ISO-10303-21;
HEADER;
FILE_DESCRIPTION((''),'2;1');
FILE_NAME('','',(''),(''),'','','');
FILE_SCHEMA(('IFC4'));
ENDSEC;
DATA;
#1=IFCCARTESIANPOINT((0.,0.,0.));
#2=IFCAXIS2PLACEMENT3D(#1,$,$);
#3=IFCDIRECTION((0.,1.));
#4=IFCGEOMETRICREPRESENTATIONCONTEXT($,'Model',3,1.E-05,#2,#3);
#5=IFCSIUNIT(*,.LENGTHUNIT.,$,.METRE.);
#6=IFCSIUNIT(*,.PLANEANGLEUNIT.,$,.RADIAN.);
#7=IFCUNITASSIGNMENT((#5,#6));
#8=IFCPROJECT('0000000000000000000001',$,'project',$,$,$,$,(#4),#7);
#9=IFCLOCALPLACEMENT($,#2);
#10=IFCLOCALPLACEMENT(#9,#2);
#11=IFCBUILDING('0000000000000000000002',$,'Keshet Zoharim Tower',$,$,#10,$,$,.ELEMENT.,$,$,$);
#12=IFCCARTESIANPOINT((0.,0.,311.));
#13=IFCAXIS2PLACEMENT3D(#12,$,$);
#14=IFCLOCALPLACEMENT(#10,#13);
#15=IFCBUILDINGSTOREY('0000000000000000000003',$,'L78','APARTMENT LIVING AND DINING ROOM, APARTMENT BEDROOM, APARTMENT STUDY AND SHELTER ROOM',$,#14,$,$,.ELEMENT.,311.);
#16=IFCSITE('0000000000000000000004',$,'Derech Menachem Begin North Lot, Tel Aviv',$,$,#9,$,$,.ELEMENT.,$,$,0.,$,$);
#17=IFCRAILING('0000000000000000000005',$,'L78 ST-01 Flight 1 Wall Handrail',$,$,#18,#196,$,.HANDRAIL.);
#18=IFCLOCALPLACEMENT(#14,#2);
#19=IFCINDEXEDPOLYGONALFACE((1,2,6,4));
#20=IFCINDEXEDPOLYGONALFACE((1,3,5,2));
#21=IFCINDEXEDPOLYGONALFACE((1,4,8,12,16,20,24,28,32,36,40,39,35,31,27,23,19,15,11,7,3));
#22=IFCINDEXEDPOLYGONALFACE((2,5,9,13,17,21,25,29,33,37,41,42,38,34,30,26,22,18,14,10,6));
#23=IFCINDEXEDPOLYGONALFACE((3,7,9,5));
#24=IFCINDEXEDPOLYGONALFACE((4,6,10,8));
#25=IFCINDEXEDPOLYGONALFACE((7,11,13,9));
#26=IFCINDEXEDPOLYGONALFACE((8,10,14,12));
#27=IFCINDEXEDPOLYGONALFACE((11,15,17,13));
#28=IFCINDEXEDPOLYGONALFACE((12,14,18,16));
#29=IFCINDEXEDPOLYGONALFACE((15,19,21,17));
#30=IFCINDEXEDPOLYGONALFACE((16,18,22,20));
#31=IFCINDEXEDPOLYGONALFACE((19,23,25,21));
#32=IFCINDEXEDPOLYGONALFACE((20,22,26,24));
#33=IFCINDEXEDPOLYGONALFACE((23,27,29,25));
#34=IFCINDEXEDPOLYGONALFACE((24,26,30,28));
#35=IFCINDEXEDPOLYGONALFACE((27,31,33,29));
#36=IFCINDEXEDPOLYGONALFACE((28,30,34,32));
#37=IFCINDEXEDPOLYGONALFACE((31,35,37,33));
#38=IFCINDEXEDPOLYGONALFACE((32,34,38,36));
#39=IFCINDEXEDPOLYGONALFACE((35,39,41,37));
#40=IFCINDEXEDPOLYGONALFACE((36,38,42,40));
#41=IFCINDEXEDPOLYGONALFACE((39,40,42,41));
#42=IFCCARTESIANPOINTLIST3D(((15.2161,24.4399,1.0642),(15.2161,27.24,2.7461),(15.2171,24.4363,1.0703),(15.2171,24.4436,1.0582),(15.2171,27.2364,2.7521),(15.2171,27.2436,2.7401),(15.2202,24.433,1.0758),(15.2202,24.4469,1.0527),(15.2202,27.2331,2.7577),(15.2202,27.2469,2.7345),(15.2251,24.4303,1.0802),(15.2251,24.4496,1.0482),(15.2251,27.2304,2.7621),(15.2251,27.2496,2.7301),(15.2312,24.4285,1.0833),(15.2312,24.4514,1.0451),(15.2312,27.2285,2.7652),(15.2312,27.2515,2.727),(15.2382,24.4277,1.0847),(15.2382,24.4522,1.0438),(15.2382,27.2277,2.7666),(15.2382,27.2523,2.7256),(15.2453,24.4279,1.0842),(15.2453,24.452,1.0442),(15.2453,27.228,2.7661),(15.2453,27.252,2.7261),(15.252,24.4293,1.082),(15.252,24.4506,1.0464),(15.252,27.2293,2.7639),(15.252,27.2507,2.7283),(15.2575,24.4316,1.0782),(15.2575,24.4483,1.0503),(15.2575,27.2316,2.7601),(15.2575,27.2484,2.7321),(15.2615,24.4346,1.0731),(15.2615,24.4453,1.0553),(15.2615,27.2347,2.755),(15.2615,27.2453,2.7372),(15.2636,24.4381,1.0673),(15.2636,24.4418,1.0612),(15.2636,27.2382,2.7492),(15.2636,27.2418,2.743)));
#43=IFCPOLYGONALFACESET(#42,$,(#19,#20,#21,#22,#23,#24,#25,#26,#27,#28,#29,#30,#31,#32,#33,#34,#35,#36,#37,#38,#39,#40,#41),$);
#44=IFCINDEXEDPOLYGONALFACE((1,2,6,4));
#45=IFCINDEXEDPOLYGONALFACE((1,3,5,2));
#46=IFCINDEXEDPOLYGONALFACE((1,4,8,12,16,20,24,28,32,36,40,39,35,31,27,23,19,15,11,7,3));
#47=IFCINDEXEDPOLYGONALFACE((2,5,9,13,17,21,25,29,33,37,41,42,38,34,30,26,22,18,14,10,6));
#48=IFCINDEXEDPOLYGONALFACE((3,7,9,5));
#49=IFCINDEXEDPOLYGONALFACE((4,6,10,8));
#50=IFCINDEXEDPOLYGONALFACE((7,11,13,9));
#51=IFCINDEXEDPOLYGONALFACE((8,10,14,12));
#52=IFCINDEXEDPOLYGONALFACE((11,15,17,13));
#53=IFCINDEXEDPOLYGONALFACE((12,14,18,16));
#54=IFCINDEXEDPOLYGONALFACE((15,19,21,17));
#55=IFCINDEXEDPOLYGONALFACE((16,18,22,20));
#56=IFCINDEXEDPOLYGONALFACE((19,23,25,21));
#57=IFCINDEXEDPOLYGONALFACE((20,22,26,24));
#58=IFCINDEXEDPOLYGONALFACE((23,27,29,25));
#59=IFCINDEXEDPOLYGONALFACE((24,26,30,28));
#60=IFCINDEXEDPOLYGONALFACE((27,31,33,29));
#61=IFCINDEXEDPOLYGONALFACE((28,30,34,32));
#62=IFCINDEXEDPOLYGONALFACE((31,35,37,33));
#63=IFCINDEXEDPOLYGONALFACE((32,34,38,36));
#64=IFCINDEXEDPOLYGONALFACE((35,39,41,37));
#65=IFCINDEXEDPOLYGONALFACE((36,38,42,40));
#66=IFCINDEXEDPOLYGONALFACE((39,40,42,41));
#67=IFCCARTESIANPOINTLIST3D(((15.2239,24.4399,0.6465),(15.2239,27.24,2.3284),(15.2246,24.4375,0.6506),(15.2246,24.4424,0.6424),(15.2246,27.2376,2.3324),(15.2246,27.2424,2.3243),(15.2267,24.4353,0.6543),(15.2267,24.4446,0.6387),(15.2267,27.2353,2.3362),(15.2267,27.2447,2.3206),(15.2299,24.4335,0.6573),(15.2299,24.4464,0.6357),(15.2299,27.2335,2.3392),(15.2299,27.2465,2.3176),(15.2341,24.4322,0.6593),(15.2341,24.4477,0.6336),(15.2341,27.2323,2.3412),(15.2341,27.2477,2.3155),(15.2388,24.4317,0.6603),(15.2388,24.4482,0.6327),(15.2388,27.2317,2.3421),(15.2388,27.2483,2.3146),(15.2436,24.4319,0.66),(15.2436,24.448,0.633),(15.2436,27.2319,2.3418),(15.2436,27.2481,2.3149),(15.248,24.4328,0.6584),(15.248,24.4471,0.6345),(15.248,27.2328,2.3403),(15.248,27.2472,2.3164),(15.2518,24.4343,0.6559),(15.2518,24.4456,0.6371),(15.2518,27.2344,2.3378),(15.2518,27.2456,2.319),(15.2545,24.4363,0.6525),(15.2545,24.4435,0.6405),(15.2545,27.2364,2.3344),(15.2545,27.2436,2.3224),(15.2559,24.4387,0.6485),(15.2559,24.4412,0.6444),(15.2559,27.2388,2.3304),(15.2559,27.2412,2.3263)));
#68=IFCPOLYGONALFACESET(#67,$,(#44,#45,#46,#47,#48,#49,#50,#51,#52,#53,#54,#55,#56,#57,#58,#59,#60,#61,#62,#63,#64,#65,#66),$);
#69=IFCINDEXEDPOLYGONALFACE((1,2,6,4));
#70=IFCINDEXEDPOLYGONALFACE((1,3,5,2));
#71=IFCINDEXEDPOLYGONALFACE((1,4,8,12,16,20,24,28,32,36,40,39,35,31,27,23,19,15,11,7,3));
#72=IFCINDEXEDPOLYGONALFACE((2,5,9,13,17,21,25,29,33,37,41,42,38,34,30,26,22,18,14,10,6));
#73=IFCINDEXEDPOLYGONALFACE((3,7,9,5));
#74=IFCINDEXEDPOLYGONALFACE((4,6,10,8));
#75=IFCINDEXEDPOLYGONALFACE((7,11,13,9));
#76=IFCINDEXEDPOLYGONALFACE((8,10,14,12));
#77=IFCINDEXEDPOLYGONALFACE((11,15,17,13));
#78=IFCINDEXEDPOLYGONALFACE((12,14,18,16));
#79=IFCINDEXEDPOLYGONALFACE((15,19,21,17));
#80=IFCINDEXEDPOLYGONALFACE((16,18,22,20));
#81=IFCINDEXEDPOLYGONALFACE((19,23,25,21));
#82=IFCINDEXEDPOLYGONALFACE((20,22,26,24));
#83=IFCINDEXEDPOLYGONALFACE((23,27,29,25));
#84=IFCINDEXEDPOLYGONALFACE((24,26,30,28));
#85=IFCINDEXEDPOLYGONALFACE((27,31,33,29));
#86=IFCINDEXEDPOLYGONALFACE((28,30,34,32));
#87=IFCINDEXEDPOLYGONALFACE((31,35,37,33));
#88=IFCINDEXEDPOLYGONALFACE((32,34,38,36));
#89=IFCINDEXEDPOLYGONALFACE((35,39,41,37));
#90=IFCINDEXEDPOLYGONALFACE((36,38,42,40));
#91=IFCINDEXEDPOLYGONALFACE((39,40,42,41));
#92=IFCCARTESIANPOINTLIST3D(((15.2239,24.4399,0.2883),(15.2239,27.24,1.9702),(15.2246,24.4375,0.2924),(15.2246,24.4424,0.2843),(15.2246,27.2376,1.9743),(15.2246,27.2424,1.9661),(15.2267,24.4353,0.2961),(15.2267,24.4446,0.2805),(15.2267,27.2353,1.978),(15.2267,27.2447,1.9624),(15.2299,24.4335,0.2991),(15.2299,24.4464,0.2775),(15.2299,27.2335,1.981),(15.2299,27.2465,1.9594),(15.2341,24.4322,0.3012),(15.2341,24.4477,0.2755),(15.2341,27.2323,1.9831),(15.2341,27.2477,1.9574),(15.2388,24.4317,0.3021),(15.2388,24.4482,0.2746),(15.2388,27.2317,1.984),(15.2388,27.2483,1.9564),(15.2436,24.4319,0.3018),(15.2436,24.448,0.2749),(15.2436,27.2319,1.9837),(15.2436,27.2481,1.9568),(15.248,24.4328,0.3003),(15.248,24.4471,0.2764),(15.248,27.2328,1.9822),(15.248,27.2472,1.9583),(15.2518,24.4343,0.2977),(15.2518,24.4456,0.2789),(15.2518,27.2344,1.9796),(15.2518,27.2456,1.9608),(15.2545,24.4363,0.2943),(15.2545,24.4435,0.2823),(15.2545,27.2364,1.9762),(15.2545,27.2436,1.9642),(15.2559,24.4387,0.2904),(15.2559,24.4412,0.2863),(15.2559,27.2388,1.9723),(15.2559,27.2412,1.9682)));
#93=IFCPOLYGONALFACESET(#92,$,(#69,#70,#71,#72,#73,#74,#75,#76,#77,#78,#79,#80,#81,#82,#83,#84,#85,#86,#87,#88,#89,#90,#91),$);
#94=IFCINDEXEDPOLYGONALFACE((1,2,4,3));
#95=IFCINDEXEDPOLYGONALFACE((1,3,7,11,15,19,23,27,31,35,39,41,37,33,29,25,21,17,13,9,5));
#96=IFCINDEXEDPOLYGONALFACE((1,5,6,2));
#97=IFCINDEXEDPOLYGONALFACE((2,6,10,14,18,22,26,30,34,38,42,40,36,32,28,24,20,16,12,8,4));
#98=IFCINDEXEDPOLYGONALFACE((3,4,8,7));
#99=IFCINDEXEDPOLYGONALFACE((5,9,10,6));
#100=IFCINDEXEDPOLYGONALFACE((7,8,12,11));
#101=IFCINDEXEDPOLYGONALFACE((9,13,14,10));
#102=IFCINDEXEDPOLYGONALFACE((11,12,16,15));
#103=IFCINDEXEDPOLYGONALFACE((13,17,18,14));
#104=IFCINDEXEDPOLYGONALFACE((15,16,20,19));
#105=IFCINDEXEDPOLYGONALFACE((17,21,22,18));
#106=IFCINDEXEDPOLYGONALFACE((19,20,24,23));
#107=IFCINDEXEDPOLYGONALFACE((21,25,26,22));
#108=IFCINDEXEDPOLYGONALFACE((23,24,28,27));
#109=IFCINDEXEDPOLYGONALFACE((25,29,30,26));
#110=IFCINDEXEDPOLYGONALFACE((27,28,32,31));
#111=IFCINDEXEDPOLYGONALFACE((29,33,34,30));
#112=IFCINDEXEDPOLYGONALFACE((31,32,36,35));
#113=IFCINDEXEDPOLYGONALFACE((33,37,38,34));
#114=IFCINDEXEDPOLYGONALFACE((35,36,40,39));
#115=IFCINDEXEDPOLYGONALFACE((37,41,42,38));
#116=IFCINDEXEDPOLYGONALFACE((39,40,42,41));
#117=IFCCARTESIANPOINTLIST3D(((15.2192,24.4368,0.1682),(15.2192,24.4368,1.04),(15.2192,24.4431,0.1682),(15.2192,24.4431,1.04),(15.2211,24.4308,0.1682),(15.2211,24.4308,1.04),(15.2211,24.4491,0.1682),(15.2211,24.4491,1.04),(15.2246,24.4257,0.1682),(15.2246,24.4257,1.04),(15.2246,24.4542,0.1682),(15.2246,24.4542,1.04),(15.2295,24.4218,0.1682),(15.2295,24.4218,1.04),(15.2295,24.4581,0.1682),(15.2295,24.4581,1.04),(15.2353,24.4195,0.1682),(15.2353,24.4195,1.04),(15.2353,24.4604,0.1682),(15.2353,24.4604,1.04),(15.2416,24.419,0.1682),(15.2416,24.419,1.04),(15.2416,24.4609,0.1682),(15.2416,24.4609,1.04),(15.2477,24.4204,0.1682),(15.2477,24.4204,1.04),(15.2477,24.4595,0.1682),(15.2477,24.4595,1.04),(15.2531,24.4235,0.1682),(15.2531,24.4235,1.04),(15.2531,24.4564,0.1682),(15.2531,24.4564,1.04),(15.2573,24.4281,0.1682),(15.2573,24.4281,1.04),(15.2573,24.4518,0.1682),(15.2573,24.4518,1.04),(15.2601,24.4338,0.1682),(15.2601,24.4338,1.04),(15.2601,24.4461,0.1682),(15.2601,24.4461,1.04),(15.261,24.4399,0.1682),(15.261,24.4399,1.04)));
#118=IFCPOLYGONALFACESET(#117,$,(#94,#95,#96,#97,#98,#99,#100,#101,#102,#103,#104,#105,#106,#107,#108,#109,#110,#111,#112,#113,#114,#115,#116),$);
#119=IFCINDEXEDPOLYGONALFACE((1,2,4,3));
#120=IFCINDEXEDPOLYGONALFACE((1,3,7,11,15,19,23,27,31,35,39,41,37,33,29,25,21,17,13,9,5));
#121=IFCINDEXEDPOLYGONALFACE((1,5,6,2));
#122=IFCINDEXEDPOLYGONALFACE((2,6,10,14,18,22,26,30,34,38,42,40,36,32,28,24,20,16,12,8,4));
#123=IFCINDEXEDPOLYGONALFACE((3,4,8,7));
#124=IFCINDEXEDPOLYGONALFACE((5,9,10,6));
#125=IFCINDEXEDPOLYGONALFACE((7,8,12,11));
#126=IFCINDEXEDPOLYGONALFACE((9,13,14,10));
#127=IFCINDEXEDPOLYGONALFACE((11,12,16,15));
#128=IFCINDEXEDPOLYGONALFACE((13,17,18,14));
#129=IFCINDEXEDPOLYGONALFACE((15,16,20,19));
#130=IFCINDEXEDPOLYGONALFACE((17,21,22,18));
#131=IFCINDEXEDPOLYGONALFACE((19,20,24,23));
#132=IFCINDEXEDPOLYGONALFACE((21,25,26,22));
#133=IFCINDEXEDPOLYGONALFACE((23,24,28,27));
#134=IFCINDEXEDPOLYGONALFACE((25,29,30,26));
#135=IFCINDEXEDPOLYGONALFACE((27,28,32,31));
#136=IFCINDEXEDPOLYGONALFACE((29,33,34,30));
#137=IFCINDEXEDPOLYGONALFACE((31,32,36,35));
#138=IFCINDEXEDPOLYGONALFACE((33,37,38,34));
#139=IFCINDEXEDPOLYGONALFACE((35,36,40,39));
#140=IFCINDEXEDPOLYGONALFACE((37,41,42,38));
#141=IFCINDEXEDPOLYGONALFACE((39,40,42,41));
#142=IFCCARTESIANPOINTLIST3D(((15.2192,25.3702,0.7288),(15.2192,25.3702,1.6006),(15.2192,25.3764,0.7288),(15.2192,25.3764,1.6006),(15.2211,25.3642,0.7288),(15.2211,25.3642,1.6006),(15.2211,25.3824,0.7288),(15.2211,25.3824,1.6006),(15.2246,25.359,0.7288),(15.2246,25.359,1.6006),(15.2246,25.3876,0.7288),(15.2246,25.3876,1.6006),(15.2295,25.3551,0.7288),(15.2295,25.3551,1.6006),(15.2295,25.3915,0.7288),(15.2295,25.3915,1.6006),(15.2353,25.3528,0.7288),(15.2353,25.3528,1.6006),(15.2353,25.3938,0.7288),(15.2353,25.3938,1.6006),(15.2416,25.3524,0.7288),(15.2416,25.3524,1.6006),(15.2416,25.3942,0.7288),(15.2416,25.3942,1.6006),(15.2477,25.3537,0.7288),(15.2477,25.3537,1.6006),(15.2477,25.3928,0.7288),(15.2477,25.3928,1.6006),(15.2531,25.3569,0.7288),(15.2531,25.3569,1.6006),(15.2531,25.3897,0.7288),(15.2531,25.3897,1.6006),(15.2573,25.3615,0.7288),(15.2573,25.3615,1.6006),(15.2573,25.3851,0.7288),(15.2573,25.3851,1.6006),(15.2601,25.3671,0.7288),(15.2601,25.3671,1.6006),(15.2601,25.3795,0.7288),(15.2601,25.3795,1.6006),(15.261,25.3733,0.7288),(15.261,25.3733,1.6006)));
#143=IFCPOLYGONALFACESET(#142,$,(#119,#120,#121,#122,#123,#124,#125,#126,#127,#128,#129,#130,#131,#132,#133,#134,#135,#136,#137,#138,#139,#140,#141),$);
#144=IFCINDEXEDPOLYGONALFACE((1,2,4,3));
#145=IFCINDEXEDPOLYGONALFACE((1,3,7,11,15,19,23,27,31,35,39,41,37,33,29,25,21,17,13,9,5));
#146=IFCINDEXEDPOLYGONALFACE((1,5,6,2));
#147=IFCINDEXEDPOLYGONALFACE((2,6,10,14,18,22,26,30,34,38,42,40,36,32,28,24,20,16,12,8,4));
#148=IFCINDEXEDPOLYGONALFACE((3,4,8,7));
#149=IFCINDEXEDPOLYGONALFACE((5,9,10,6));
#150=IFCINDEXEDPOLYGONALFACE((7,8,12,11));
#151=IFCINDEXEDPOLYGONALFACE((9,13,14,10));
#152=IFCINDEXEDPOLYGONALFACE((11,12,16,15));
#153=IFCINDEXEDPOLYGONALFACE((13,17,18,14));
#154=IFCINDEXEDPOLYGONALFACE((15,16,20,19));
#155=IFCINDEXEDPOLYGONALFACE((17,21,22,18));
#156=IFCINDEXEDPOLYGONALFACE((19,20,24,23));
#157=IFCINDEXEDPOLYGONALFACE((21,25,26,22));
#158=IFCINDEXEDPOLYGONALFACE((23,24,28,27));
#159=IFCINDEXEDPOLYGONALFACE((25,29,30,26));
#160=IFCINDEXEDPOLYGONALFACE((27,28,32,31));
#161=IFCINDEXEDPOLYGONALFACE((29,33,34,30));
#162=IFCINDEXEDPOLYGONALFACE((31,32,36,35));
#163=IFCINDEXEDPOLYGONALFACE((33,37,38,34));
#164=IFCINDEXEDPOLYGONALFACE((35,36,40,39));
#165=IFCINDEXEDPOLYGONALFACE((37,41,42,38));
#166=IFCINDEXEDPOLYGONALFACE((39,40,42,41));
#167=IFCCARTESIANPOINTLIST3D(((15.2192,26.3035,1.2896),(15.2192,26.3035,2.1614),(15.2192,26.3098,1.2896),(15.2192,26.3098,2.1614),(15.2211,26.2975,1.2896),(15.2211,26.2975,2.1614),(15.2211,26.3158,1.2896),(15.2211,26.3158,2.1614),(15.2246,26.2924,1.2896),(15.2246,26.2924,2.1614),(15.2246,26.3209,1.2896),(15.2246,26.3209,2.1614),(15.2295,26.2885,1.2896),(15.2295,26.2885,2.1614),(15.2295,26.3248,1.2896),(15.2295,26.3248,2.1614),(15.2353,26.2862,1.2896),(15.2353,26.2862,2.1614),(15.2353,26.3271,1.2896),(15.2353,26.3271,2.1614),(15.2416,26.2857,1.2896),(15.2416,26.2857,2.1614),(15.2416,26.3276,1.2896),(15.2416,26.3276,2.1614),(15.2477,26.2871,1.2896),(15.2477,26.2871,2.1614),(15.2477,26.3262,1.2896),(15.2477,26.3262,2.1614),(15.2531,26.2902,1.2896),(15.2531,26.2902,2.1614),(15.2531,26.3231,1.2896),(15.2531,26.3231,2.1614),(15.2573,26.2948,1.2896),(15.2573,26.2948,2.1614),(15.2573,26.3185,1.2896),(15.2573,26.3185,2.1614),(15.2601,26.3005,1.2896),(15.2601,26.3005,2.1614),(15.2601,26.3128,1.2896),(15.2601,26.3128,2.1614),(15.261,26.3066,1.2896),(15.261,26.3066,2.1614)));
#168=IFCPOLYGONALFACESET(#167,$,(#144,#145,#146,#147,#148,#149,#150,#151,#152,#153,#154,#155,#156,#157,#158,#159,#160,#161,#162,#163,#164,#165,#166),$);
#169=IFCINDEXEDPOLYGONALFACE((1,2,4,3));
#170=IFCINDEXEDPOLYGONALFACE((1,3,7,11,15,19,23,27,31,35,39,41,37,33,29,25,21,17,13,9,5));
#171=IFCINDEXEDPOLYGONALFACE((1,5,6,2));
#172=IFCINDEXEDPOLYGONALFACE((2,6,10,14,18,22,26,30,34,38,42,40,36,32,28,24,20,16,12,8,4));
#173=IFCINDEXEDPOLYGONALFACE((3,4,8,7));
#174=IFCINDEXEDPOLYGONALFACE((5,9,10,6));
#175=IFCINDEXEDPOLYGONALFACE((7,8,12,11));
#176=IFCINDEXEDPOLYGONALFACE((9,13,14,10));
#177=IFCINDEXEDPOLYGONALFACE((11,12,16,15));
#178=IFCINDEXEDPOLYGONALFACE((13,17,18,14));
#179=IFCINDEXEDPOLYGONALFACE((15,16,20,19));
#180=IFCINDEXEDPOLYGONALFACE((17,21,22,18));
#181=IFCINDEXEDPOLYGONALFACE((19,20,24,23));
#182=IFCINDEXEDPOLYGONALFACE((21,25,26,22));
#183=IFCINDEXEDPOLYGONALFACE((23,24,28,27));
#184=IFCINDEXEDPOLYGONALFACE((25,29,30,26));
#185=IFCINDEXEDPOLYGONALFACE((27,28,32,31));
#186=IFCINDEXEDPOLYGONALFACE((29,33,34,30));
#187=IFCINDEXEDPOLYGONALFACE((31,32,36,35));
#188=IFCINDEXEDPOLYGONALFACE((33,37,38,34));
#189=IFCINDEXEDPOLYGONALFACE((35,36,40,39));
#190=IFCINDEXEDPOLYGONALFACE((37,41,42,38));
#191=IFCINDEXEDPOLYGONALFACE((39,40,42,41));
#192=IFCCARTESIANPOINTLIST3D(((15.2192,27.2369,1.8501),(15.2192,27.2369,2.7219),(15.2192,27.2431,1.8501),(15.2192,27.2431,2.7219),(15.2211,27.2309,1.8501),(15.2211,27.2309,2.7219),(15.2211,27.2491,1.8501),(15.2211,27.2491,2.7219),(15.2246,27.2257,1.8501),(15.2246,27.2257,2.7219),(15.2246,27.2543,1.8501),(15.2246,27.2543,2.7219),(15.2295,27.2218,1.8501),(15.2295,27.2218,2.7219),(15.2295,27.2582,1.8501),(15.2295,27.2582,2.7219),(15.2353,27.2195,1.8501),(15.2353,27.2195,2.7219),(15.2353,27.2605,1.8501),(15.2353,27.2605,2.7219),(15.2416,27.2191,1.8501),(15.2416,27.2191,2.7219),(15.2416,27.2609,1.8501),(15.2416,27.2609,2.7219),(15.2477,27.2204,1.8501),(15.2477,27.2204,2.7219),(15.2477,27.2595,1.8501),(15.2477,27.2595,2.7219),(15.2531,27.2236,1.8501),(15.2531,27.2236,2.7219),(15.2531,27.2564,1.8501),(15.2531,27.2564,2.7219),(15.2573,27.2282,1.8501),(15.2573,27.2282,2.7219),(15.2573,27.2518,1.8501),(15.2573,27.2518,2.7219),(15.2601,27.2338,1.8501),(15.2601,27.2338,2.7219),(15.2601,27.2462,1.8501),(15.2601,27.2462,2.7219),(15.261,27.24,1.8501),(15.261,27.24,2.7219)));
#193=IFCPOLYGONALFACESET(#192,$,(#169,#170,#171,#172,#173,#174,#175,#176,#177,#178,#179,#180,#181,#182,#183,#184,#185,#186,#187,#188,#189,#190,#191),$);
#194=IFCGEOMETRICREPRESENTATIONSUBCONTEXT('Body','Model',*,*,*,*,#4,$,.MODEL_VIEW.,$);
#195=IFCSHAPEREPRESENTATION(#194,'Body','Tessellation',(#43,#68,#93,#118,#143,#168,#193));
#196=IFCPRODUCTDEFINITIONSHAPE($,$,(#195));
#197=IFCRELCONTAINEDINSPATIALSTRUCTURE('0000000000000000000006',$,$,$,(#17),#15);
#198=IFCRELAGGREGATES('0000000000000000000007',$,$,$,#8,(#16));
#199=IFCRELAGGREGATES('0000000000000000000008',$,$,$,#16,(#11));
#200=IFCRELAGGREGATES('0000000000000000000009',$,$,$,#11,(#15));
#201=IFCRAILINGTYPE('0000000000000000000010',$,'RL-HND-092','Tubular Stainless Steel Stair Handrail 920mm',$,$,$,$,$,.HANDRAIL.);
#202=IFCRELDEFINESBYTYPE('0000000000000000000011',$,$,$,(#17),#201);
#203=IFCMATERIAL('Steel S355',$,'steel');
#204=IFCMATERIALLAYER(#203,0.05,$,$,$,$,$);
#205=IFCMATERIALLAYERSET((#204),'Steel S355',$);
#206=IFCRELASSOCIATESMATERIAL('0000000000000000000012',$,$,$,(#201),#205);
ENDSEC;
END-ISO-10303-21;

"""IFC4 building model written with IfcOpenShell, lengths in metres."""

from ifc_helpers import new_model, si_unit, direction, frame, origin, origin_2d, place, context, subcontext, project, spatial, circle, extrude, material, layer, layer_set, type_object, element, save


model = new_model("IFC4")

# Units and contexts
model_context = context("Model", 3, precision=1e-05, world=origin(), true_north=direction((0.0, 1.0)))
body_context = subcontext(model_context, "Body", "Model", "MODEL_VIEW")
ifc_project = project(units=[si_unit("LENGTHUNIT", "METRE"), si_unit("PLANEANGLEUNIT", "RADIAN")], contexts=[model_context])

# Site, building, storey
site_placement = place(None, origin())
site = spatial("IfcSite", under=ifc_project, at=site_placement, Name="Derech Menachem Begin North Lot, Tel Aviv", CompositionType="ELEMENT", RefElevation=0.0)
building_placement = place(site_placement, origin())
building = spatial("IfcBuilding", under=site, at=building_placement, Name="Keshet Zoharim Tower", CompositionType="ELEMENT")
storey_placement = place(building_placement, frame((0.0, 0.0, 311.0)))
storey = spatial("IfcBuildingStorey", under=building, at=storey_placement, Name="L78", Description="APARTMENT LIVING AND DINING ROOM, APARTMENT BEDROOM, APARTMENT STUDY AND SHELTER ROOM", CompositionType="ELEMENT", Elevation=311.0)

# Shared definitions
ifc_material_1 = material(Name="Steel S355", Category="steel")

# Railing
ifc_layer_1 = layer(ifc_material_1, 0.05)
ifc_layer_set_1 = layer_set([ifc_layer_1], Name="Steel S355")
railing_type_1 = type_object("IfcRailingType", Name="RL-HND-092", Description="Tubular Stainless Steel Stair Handrail 920mm", PredefinedType="HANDRAIL", material=ifc_layer_set_1)
railing_1_placement = place(storey_placement, frame((15.24, 24.4399, 0.1682)))
element("IfcRailing", 1, at=railing_1_placement, inside=storey, type_object=railing_type_1, Name="L78 ST-01 Flight 1 Wall Handrail", PredefinedType="HANDRAIL", context=body_context, shape_type="SweptSolid", body=[
    extrude(circle(Radius=0.0239, at=origin_2d()), frame((0.0, 0.0, 0.896), z_axis=(0.0, 0.857242, 0.514913), x_axis=(-1.0, 0.0, 0.0)), (0.0, 0.0, 1.0), 3.2664),
    extrude(circle(Radius=0.0161, at=origin_2d()), frame((0.0, 0.0, 0.4783), z_axis=(0.0, 0.857242, 0.514913), x_axis=(-1.0, 0.0, 0.0)), (0.0, 0.0, 1.0), 3.2664),
    extrude(circle(Radius=0.0161, at=origin_2d()), frame((0.0, 0.0, 0.1201), z_axis=(0.0, 0.857242, 0.514913), x_axis=(-1.0, 0.0, 0.0)), (0.0, 0.0, 1.0), 3.2664),
    extrude(circle(Radius=0.021, at=origin_2d()), origin(), (0.0, 0.0, 1.0), 0.8718),
    extrude(circle(Radius=0.021, at=origin_2d()), frame((0.0, 0.9333, 0.5605)), (0.0, 0.0, 1.0), 0.8718),
    extrude(circle(Radius=0.021, at=origin_2d()), frame((0.0, 1.8667, 1.1213)), (0.0, 0.0, 1.0), 0.8718),
    extrude(circle(Radius=0.021, at=origin_2d()), frame((0.0, 2.8, 1.6819)), (0.0, 0.0, 1.0), 0.8718),
])

save(model, "model.ifc")
